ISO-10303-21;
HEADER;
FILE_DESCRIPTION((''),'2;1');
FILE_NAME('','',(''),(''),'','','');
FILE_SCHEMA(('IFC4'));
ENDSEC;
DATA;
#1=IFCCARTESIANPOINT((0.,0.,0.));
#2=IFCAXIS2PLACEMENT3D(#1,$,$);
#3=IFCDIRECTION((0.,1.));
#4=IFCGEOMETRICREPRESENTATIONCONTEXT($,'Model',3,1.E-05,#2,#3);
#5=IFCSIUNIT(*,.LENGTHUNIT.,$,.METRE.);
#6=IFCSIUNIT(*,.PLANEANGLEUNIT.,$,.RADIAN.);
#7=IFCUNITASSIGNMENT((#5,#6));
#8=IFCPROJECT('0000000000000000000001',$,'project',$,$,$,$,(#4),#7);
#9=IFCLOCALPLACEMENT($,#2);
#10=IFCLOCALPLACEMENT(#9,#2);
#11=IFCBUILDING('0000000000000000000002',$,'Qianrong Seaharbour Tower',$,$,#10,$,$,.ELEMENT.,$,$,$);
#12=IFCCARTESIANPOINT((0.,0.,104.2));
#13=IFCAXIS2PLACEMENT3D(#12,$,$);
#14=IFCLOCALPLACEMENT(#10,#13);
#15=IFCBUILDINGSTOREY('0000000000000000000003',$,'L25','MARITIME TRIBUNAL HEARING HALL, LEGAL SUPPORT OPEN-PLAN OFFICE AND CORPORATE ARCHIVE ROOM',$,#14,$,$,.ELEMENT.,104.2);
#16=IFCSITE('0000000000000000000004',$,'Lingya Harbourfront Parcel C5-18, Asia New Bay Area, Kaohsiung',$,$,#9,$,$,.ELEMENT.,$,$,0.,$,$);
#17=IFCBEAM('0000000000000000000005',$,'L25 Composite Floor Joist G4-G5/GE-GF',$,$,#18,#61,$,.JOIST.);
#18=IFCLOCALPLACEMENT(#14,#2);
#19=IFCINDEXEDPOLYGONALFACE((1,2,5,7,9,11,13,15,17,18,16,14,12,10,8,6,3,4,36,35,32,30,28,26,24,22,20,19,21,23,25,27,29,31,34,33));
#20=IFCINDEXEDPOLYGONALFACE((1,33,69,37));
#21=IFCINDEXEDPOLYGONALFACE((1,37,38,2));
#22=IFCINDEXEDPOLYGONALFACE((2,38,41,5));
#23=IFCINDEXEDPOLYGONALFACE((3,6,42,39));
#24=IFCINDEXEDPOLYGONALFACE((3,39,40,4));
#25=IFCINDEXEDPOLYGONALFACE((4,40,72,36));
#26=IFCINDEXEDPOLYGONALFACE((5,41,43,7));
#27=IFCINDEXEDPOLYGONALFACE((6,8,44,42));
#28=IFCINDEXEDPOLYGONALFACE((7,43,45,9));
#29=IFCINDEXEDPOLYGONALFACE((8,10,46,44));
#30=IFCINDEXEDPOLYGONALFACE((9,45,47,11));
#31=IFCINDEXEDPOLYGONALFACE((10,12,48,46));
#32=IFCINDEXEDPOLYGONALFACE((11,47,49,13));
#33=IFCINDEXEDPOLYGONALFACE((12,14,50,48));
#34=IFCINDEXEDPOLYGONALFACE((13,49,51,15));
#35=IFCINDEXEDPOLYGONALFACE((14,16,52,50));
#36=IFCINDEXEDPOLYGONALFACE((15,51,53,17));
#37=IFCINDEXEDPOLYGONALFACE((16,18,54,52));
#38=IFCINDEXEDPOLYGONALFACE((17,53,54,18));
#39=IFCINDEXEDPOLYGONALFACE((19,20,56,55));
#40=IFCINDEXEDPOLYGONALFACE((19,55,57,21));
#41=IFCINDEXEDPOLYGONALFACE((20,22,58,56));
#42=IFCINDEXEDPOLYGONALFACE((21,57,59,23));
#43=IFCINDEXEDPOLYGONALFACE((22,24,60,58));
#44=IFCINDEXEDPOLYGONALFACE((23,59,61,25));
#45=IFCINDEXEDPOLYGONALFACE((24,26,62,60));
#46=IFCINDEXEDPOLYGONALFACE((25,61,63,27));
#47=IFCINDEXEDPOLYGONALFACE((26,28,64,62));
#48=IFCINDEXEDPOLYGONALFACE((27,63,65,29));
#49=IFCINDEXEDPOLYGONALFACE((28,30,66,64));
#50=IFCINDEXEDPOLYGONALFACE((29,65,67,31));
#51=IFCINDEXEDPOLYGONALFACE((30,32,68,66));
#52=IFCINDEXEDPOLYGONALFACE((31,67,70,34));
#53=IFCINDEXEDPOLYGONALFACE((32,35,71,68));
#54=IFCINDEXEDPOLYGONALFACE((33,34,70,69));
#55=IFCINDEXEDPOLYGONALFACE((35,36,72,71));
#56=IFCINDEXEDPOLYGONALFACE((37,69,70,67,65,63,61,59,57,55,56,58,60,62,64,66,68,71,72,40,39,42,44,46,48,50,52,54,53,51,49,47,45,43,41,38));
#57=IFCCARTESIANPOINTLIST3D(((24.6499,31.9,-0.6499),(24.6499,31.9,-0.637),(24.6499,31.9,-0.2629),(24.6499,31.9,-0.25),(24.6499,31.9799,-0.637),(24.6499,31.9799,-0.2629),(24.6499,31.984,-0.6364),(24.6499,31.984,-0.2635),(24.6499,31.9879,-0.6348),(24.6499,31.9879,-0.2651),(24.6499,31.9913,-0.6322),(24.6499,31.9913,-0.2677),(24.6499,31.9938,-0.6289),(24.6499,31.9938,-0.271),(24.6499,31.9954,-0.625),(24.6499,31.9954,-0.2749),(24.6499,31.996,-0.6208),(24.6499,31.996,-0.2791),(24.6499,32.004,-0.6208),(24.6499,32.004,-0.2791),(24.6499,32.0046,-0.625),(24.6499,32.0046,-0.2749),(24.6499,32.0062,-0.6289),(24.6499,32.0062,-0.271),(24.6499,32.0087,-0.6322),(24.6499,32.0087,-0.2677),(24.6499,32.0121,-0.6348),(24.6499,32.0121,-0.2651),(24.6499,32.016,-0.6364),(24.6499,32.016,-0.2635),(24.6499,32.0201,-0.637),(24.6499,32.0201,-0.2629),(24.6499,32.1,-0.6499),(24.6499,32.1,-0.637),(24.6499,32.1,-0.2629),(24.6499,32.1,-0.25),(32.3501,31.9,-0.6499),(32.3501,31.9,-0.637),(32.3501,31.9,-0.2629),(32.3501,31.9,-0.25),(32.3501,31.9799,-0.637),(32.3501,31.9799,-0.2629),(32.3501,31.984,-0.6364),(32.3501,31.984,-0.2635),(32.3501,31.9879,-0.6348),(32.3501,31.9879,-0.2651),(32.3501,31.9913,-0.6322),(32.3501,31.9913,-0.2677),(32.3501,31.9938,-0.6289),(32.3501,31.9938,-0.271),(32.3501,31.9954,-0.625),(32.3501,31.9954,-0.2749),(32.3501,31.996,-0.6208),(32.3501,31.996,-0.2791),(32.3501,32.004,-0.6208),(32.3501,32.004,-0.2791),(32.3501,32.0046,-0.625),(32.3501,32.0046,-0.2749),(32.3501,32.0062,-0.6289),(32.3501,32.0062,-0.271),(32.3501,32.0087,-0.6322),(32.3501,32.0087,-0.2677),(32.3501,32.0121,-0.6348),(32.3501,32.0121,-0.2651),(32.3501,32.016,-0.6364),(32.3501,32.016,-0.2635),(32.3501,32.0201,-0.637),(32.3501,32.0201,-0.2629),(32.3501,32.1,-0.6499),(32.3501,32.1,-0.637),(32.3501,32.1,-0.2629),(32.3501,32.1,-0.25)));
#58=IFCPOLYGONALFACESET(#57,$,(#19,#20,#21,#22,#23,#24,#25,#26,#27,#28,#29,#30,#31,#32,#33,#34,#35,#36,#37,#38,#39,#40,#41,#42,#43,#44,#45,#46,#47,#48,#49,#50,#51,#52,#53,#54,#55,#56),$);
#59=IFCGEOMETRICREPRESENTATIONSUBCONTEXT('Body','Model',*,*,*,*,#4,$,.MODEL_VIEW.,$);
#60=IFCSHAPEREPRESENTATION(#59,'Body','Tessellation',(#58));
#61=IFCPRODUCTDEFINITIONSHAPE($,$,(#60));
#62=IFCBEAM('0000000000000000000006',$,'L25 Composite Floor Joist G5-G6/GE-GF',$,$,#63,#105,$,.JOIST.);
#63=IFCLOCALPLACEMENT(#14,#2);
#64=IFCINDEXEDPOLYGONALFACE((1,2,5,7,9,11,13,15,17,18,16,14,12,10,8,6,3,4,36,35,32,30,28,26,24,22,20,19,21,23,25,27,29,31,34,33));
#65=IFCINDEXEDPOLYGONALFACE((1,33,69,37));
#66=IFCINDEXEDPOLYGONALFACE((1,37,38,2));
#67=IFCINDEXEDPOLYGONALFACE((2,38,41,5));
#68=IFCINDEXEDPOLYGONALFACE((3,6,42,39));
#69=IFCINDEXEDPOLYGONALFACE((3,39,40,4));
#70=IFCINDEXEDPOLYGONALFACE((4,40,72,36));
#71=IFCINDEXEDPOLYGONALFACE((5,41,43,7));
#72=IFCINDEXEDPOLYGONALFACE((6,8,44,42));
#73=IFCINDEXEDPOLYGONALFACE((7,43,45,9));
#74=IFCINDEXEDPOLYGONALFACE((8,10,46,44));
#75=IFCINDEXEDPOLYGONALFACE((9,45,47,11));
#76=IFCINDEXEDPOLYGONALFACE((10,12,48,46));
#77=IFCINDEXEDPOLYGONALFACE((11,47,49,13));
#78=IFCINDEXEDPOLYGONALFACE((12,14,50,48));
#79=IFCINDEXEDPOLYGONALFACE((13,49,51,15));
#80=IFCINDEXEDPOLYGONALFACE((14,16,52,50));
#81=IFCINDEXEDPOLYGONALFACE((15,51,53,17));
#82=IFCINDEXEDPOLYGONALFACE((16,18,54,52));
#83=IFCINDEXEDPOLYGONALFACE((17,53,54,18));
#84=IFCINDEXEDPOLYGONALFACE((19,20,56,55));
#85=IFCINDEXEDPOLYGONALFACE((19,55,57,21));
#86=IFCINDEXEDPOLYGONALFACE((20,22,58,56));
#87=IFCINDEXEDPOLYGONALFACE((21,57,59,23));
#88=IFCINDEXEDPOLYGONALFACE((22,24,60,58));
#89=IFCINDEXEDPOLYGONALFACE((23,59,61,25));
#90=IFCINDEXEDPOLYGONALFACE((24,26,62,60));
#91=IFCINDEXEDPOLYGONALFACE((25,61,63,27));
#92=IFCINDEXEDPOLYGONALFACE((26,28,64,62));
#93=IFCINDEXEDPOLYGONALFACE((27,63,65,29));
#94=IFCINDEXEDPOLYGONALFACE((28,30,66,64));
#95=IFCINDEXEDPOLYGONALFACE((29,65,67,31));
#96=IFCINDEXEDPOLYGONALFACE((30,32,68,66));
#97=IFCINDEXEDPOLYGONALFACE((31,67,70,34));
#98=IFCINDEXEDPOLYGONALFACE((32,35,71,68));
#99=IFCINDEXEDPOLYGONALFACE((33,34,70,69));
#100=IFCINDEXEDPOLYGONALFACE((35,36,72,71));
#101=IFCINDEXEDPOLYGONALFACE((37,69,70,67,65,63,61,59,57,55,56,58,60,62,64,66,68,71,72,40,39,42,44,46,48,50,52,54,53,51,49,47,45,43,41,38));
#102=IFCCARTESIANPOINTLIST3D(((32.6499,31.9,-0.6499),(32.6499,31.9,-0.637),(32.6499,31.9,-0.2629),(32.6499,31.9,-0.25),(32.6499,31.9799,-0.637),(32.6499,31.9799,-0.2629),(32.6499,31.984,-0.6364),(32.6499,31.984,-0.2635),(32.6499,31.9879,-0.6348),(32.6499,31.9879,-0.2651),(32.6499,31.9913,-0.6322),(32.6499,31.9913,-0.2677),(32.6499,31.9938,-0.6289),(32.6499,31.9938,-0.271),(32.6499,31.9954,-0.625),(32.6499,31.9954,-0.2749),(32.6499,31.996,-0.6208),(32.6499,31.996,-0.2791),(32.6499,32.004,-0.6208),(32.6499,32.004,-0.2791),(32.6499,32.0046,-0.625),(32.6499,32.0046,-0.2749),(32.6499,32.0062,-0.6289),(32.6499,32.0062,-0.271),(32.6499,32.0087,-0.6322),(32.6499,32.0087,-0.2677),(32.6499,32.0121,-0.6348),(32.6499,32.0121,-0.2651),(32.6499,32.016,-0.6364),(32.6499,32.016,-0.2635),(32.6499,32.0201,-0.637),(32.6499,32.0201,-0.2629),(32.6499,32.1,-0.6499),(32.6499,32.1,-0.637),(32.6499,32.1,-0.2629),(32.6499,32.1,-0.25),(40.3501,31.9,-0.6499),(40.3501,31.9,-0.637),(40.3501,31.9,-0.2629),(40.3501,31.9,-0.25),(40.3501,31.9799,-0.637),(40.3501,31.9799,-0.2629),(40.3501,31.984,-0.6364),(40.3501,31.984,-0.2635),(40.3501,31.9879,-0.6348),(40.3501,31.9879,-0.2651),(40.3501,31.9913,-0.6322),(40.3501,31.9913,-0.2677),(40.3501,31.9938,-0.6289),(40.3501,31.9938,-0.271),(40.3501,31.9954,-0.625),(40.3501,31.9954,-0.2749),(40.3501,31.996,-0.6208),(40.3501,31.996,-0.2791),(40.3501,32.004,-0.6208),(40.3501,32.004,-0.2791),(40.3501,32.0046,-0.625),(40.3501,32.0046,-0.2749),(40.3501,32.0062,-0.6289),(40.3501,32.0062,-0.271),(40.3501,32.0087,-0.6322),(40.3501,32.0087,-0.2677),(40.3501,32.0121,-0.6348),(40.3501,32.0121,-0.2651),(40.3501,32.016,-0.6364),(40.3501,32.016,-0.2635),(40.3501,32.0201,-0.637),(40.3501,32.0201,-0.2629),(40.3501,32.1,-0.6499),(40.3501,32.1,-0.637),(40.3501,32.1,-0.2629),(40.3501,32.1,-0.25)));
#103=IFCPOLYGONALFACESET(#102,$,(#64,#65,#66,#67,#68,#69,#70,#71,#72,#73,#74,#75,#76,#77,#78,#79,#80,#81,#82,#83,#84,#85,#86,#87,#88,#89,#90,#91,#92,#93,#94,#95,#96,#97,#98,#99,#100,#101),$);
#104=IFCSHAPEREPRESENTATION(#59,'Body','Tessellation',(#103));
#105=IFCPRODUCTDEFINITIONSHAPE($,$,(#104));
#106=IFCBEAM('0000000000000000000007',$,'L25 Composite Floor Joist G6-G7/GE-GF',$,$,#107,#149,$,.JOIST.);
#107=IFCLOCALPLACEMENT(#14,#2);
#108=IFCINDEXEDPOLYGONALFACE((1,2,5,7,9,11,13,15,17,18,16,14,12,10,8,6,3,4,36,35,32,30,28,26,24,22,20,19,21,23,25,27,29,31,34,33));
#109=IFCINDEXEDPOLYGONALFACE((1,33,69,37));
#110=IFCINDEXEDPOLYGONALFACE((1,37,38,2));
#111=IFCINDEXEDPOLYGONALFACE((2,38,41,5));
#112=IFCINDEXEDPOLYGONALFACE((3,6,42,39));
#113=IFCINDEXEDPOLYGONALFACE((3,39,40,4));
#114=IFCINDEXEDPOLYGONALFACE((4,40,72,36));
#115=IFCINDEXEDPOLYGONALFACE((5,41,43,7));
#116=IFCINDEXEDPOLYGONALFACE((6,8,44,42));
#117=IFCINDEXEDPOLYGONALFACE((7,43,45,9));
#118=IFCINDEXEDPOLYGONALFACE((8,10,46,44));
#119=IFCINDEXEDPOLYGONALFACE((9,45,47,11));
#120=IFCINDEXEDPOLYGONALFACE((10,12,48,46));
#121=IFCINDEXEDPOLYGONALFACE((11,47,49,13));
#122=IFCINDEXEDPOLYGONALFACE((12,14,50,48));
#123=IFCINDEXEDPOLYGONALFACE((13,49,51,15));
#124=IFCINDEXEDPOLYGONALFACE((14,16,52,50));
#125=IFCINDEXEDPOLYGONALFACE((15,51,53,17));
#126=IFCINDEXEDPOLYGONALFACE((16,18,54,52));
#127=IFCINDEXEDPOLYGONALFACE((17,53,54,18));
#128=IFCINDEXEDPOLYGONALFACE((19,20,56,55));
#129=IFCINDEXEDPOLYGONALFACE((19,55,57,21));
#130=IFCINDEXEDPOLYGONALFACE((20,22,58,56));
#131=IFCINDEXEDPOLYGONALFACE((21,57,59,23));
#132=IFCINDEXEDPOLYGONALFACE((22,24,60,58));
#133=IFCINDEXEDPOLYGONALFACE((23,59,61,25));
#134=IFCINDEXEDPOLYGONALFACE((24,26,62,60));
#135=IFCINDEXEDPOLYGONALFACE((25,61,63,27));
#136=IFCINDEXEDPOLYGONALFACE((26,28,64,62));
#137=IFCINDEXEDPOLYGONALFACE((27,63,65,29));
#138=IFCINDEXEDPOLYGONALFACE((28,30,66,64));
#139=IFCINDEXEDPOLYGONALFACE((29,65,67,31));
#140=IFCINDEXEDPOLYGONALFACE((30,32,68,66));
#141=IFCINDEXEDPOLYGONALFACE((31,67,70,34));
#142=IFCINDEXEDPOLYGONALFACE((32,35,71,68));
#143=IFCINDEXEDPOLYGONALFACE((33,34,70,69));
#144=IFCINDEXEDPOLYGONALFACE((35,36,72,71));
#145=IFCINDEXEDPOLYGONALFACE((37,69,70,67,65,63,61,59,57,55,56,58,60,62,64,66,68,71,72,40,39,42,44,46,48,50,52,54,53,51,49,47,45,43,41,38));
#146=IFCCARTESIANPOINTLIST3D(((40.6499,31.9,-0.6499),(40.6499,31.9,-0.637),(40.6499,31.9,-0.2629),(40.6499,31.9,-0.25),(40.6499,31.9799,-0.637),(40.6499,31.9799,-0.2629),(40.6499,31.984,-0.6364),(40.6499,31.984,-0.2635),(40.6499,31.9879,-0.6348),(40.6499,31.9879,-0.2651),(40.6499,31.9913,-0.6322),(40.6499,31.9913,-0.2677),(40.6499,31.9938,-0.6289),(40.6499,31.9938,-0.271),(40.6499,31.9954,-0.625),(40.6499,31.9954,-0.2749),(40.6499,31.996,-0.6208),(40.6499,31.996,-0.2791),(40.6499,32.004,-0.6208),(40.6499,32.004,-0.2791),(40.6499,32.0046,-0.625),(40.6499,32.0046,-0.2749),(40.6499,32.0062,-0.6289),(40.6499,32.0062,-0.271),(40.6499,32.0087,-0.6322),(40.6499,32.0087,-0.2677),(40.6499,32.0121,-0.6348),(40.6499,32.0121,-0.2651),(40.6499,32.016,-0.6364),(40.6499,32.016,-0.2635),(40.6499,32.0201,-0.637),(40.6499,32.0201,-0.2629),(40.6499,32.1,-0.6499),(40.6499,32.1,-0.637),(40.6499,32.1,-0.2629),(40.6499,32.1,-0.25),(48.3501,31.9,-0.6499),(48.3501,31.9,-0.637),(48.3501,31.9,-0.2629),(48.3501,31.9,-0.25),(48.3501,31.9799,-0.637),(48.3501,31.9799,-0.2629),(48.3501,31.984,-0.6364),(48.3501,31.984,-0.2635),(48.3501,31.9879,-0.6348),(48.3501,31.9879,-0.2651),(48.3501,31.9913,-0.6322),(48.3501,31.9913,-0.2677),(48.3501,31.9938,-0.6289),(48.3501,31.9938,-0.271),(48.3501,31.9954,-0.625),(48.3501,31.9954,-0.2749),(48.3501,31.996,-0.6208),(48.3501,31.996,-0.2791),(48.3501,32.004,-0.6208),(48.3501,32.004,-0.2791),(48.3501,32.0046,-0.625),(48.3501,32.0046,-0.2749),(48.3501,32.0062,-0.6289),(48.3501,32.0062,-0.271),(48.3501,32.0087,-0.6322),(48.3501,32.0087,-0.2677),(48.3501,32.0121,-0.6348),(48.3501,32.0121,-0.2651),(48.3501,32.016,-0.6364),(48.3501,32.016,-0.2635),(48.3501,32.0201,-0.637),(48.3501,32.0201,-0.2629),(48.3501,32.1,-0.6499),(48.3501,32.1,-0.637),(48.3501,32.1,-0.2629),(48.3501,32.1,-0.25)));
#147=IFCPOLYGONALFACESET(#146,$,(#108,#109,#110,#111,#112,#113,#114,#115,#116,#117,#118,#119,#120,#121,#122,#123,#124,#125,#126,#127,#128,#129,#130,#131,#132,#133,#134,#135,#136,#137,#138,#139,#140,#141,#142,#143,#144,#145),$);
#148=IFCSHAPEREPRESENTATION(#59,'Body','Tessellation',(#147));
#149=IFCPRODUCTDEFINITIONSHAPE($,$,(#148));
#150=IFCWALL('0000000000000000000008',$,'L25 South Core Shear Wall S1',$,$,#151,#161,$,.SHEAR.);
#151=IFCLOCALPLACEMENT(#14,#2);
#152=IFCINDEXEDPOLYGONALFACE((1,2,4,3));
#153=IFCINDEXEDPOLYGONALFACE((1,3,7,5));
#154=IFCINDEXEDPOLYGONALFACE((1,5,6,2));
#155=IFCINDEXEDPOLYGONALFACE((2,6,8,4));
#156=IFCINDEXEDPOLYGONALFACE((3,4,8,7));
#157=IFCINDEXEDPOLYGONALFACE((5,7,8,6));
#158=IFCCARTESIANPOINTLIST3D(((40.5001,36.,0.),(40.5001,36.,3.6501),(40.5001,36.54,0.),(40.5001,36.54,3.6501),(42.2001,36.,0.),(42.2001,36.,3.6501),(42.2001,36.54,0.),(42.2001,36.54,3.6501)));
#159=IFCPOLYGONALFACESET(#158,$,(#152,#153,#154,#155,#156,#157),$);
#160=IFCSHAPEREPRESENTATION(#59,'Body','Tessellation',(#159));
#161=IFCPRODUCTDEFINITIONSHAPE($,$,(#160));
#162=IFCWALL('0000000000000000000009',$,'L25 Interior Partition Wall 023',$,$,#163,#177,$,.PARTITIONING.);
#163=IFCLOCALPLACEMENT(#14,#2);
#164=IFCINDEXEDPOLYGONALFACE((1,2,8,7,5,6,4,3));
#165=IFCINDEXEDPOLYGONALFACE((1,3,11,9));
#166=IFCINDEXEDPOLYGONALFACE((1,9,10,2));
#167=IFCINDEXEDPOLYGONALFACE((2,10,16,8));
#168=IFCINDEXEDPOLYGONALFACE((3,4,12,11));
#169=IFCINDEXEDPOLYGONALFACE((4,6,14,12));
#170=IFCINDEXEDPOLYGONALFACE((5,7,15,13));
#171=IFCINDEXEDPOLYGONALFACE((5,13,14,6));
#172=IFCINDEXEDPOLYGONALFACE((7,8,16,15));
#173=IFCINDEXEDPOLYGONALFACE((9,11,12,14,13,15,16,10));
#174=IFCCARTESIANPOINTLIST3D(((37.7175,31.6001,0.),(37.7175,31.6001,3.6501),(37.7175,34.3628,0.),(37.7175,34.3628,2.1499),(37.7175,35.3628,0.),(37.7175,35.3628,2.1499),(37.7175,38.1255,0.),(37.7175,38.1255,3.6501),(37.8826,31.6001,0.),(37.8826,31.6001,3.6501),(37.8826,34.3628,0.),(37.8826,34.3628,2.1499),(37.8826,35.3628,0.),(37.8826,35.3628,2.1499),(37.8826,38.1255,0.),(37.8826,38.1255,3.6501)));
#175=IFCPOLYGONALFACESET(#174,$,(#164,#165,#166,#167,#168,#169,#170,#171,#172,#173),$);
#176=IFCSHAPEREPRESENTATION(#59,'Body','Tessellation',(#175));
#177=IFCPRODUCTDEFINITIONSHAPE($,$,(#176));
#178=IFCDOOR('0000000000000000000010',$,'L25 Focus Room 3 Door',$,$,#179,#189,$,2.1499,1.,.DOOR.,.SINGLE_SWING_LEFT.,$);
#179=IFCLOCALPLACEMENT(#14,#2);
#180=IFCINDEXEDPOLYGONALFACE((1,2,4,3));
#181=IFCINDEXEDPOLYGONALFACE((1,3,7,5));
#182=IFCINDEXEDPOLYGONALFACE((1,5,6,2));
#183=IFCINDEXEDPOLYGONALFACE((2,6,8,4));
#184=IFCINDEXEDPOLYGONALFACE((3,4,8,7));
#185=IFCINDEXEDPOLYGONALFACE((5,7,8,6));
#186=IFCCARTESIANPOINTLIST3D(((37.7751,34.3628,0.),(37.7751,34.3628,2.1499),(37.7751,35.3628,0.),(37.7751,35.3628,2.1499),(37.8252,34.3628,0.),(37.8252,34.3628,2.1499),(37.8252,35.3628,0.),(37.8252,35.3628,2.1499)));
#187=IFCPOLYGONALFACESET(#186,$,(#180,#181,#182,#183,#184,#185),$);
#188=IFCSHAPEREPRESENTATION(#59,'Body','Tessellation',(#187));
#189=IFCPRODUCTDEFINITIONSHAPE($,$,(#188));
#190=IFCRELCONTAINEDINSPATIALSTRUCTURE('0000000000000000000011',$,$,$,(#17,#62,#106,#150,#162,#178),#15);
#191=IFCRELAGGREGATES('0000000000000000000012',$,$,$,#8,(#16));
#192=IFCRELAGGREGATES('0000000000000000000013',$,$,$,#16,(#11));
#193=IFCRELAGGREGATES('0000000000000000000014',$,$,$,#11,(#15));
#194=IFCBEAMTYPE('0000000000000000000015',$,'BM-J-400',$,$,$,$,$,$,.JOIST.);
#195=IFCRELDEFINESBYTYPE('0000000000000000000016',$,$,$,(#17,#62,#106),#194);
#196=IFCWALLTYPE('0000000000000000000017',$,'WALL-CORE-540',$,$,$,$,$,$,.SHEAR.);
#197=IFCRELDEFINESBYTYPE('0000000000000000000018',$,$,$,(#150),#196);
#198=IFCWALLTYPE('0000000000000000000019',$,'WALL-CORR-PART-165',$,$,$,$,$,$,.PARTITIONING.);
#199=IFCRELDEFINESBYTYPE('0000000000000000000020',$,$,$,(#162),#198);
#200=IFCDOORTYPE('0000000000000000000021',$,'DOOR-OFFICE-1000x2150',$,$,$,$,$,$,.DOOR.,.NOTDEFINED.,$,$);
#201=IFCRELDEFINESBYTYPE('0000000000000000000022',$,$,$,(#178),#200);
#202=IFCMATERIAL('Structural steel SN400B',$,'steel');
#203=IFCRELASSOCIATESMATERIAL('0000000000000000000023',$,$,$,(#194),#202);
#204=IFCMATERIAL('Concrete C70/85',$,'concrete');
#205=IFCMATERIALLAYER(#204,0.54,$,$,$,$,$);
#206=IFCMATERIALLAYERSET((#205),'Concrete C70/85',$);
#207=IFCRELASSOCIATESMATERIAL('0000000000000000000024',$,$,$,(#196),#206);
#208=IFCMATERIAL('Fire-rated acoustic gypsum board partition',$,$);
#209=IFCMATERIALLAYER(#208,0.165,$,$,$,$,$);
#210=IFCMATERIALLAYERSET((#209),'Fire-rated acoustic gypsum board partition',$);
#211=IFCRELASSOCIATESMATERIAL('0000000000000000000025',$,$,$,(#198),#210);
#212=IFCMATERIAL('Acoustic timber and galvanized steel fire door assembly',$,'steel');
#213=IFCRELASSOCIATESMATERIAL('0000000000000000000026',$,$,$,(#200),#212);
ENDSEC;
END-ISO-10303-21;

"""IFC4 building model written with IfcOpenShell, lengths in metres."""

from ifc_helpers import new_model, si_unit, direction, frame, frame_2d, origin, origin_2d, place, context, subcontext, project, spatial, rectangle, i_section, extrude, material, layer, layer_set, material_profile, profile_set, type_object, element, fill, save


model = new_model("IFC4")

# Units and contexts
model_context = context("Model", 3, precision=1e-05, world=origin(), true_north=direction((0.0, 1.0)))
body_context = subcontext(model_context, "Body", "Model", "MODEL_VIEW")
ifc_project = project(units=[si_unit("LENGTHUNIT", "METRE"), si_unit("PLANEANGLEUNIT", "RADIAN")], contexts=[model_context])

# Site, building, storey
site_placement = place(None, origin())
site = spatial("IfcSite", under=ifc_project, at=site_placement, Name="Lingya Harbourfront Parcel C5-18, Asia New Bay Area, Kaohsiung", CompositionType="ELEMENT", RefElevation=0.0)
building_placement = place(site_placement, origin())
building = spatial("IfcBuilding", under=site, at=building_placement, Name="Qianrong Seaharbour Tower", CompositionType="ELEMENT")
storey_placement = place(building_placement, frame((0.0, 0.0, 104.2)))
storey = spatial("IfcBuildingStorey", under=building, at=storey_placement, Name="L25", Description="MARITIME TRIBUNAL HEARING HALL, LEGAL SUPPORT OPEN-PLAN OFFICE AND CORPORATE ARCHIVE ROOM", CompositionType="ELEMENT", Elevation=104.2)

# Beams
ifc_material_1 = material(Name="Structural steel SN400B", Category="steel")
ifc_material_profile_1 = material_profile(ifc_material_1, i_section(OverallWidth=0.2, OverallDepth=0.3999, WebThickness=0.0081, FlangeThickness=0.0129, FilletRadius=0.0161, at=origin_2d()), Name="H400x200x8x13")
ifc_profile_set_1 = profile_set([ifc_material_profile_1], Name="Structural steel SN400B")
beam_type_1 = type_object("IfcBeamType", Name="BM-J-400", PredefinedType="JOIST", material=ifc_profile_set_1)
for number, where, z_axis, x_axis, name in (
    (1, (24.6499, 32.0, -0.45), (1.0, 0.0, 0.0), (0.0, 1.0, 0.0), "L25 Composite Floor Joist G4-G5/GE-GF"),
    (2, (32.6499, 32.0, -0.45), (1.0, 0.0, 0.0), (0.0, 1.0, 0.0), "L25 Composite Floor Joist G5-G6/GE-GF"),
    (3, (40.6499, 32.0, -0.45), (1.0, 0.0, 0.0), (0.0, 1.0, 0.0), "L25 Composite Floor Joist G6-G7/GE-GF"),
):
    element("IfcBeam", number, at=place(storey_placement, frame(where, z_axis=z_axis, x_axis=x_axis)), inside=storey, type_object=beam_type_1, Name=name, PredefinedType="JOIST", context=body_context, shape_type="SweptSolid", body=[
        extrude(i_section(OverallWidth=0.2, OverallDepth=0.3999, WebThickness=0.0081, FlangeThickness=0.0129, FilletRadius=0.0161, at=origin_2d()), origin(), (0.0, 0.0, 1.0), 7.7002),
    ])

# Wall
ifc_material_2 = material(Name="Concrete C70/85", Category="concrete")
ifc_layer_1 = layer(ifc_material_2, 0.54)
ifc_layer_set_1 = layer_set([ifc_layer_1], Name="Concrete C70/85")
wall_type_1 = type_object("IfcWallType", Name="WALL-CORE-540", PredefinedType="SHEAR", material=ifc_layer_set_1)
wall_1_placement = place(storey_placement, frame((40.5, 36.27, 0.0), z_axis=(0.0, 0.0, 1.0), x_axis=(1.0, 0.0, 0.0)))
element("IfcWall", 4, at=wall_1_placement, inside=storey, type_object=wall_type_1, Name="L25 South Core Shear Wall S1", PredefinedType="SHEAR", context=body_context, shape_type="SweptSolid", body=[
    extrude(rectangle(XDim=1.7, YDim=0.54, at=frame_2d((0.8501, 0.0))), origin(), (0.0, 0.0, 1.0), 3.6501),
])

# Wall, opening, door
ifc_material_3 = material(Name="Fire-rated acoustic gypsum board partition")
ifc_layer_2 = layer(ifc_material_3, 0.165)
ifc_layer_set_2 = layer_set([ifc_layer_2], Name="Fire-rated acoustic gypsum board partition")
wall_type_2 = type_object("IfcWallType", Name="WALL-CORR-PART-165", PredefinedType="PARTITIONING", material=ifc_layer_set_2)
wall_2_placement = place(storey_placement, frame((37.8, 31.6001, 0.0), z_axis=(0.0, 0.0, 1.0), x_axis=(0.0, 1.0, 0.0)))
wall_2 = element("IfcWall", 5, at=wall_2_placement, inside=storey, type_object=wall_type_2, Name="L25 Interior Partition Wall 023", PredefinedType="PARTITIONING", context=body_context, shape_type="SweptSolid", body=[
    extrude(rectangle(XDim=6.5254, YDim=0.165, at=frame_2d((3.2627, 0.0))), origin(), (0.0, 0.0, 1.0), 3.6501),
])
opening_1_placement = place(wall_2_placement, frame((2.7627, 0.0, 0.0)))
opening_1 = element("IfcOpeningElement", 6, at=opening_1_placement, cuts=wall_2, PredefinedType="OPENING", context=body_context, shape_type="SweptSolid", body=[
    extrude(rectangle(XDim=1.0, YDim=2.1499, at=frame_2d((0.5, 1.075))), frame((0.0, 0.0925, 0.0), z_axis=(0.0, -1.0, 0.0), x_axis=(1.0, 0.0, 0.0)), (0.0, 0.0, 1.0), 0.1851),
])
ifc_material_4 = material(Name="Acoustic timber and galvanized steel fire door assembly", Category="steel")
door_type = type_object("IfcDoorType", Name="DOOR-OFFICE-1000x2150", OperationType="NOTDEFINED", PredefinedType="DOOR", material=ifc_material_4)
door_placement = place(opening_1_placement, origin())
door = element("IfcDoor", 7, at=door_placement, inside=storey, type_object=door_type, Name="L25 Focus Room 3 Door", OperationType="SINGLE_SWING_LEFT", OverallHeight=2.1499, OverallWidth=1.0, PredefinedType="DOOR", context=body_context, shape_type="SweptSolid", body=[
    extrude(rectangle(XDim=1.0, YDim=2.1499, at=frame_2d((0.5, 1.075))), frame((0.0, 0.0249, 0.0), z_axis=(0.0, -1.0, 0.0), x_axis=(1.0, 0.0, 0.0)), (0.0, 0.0, 1.0), 0.05),
])
fill(opening_1, door)

save(model, "model.ifc")
